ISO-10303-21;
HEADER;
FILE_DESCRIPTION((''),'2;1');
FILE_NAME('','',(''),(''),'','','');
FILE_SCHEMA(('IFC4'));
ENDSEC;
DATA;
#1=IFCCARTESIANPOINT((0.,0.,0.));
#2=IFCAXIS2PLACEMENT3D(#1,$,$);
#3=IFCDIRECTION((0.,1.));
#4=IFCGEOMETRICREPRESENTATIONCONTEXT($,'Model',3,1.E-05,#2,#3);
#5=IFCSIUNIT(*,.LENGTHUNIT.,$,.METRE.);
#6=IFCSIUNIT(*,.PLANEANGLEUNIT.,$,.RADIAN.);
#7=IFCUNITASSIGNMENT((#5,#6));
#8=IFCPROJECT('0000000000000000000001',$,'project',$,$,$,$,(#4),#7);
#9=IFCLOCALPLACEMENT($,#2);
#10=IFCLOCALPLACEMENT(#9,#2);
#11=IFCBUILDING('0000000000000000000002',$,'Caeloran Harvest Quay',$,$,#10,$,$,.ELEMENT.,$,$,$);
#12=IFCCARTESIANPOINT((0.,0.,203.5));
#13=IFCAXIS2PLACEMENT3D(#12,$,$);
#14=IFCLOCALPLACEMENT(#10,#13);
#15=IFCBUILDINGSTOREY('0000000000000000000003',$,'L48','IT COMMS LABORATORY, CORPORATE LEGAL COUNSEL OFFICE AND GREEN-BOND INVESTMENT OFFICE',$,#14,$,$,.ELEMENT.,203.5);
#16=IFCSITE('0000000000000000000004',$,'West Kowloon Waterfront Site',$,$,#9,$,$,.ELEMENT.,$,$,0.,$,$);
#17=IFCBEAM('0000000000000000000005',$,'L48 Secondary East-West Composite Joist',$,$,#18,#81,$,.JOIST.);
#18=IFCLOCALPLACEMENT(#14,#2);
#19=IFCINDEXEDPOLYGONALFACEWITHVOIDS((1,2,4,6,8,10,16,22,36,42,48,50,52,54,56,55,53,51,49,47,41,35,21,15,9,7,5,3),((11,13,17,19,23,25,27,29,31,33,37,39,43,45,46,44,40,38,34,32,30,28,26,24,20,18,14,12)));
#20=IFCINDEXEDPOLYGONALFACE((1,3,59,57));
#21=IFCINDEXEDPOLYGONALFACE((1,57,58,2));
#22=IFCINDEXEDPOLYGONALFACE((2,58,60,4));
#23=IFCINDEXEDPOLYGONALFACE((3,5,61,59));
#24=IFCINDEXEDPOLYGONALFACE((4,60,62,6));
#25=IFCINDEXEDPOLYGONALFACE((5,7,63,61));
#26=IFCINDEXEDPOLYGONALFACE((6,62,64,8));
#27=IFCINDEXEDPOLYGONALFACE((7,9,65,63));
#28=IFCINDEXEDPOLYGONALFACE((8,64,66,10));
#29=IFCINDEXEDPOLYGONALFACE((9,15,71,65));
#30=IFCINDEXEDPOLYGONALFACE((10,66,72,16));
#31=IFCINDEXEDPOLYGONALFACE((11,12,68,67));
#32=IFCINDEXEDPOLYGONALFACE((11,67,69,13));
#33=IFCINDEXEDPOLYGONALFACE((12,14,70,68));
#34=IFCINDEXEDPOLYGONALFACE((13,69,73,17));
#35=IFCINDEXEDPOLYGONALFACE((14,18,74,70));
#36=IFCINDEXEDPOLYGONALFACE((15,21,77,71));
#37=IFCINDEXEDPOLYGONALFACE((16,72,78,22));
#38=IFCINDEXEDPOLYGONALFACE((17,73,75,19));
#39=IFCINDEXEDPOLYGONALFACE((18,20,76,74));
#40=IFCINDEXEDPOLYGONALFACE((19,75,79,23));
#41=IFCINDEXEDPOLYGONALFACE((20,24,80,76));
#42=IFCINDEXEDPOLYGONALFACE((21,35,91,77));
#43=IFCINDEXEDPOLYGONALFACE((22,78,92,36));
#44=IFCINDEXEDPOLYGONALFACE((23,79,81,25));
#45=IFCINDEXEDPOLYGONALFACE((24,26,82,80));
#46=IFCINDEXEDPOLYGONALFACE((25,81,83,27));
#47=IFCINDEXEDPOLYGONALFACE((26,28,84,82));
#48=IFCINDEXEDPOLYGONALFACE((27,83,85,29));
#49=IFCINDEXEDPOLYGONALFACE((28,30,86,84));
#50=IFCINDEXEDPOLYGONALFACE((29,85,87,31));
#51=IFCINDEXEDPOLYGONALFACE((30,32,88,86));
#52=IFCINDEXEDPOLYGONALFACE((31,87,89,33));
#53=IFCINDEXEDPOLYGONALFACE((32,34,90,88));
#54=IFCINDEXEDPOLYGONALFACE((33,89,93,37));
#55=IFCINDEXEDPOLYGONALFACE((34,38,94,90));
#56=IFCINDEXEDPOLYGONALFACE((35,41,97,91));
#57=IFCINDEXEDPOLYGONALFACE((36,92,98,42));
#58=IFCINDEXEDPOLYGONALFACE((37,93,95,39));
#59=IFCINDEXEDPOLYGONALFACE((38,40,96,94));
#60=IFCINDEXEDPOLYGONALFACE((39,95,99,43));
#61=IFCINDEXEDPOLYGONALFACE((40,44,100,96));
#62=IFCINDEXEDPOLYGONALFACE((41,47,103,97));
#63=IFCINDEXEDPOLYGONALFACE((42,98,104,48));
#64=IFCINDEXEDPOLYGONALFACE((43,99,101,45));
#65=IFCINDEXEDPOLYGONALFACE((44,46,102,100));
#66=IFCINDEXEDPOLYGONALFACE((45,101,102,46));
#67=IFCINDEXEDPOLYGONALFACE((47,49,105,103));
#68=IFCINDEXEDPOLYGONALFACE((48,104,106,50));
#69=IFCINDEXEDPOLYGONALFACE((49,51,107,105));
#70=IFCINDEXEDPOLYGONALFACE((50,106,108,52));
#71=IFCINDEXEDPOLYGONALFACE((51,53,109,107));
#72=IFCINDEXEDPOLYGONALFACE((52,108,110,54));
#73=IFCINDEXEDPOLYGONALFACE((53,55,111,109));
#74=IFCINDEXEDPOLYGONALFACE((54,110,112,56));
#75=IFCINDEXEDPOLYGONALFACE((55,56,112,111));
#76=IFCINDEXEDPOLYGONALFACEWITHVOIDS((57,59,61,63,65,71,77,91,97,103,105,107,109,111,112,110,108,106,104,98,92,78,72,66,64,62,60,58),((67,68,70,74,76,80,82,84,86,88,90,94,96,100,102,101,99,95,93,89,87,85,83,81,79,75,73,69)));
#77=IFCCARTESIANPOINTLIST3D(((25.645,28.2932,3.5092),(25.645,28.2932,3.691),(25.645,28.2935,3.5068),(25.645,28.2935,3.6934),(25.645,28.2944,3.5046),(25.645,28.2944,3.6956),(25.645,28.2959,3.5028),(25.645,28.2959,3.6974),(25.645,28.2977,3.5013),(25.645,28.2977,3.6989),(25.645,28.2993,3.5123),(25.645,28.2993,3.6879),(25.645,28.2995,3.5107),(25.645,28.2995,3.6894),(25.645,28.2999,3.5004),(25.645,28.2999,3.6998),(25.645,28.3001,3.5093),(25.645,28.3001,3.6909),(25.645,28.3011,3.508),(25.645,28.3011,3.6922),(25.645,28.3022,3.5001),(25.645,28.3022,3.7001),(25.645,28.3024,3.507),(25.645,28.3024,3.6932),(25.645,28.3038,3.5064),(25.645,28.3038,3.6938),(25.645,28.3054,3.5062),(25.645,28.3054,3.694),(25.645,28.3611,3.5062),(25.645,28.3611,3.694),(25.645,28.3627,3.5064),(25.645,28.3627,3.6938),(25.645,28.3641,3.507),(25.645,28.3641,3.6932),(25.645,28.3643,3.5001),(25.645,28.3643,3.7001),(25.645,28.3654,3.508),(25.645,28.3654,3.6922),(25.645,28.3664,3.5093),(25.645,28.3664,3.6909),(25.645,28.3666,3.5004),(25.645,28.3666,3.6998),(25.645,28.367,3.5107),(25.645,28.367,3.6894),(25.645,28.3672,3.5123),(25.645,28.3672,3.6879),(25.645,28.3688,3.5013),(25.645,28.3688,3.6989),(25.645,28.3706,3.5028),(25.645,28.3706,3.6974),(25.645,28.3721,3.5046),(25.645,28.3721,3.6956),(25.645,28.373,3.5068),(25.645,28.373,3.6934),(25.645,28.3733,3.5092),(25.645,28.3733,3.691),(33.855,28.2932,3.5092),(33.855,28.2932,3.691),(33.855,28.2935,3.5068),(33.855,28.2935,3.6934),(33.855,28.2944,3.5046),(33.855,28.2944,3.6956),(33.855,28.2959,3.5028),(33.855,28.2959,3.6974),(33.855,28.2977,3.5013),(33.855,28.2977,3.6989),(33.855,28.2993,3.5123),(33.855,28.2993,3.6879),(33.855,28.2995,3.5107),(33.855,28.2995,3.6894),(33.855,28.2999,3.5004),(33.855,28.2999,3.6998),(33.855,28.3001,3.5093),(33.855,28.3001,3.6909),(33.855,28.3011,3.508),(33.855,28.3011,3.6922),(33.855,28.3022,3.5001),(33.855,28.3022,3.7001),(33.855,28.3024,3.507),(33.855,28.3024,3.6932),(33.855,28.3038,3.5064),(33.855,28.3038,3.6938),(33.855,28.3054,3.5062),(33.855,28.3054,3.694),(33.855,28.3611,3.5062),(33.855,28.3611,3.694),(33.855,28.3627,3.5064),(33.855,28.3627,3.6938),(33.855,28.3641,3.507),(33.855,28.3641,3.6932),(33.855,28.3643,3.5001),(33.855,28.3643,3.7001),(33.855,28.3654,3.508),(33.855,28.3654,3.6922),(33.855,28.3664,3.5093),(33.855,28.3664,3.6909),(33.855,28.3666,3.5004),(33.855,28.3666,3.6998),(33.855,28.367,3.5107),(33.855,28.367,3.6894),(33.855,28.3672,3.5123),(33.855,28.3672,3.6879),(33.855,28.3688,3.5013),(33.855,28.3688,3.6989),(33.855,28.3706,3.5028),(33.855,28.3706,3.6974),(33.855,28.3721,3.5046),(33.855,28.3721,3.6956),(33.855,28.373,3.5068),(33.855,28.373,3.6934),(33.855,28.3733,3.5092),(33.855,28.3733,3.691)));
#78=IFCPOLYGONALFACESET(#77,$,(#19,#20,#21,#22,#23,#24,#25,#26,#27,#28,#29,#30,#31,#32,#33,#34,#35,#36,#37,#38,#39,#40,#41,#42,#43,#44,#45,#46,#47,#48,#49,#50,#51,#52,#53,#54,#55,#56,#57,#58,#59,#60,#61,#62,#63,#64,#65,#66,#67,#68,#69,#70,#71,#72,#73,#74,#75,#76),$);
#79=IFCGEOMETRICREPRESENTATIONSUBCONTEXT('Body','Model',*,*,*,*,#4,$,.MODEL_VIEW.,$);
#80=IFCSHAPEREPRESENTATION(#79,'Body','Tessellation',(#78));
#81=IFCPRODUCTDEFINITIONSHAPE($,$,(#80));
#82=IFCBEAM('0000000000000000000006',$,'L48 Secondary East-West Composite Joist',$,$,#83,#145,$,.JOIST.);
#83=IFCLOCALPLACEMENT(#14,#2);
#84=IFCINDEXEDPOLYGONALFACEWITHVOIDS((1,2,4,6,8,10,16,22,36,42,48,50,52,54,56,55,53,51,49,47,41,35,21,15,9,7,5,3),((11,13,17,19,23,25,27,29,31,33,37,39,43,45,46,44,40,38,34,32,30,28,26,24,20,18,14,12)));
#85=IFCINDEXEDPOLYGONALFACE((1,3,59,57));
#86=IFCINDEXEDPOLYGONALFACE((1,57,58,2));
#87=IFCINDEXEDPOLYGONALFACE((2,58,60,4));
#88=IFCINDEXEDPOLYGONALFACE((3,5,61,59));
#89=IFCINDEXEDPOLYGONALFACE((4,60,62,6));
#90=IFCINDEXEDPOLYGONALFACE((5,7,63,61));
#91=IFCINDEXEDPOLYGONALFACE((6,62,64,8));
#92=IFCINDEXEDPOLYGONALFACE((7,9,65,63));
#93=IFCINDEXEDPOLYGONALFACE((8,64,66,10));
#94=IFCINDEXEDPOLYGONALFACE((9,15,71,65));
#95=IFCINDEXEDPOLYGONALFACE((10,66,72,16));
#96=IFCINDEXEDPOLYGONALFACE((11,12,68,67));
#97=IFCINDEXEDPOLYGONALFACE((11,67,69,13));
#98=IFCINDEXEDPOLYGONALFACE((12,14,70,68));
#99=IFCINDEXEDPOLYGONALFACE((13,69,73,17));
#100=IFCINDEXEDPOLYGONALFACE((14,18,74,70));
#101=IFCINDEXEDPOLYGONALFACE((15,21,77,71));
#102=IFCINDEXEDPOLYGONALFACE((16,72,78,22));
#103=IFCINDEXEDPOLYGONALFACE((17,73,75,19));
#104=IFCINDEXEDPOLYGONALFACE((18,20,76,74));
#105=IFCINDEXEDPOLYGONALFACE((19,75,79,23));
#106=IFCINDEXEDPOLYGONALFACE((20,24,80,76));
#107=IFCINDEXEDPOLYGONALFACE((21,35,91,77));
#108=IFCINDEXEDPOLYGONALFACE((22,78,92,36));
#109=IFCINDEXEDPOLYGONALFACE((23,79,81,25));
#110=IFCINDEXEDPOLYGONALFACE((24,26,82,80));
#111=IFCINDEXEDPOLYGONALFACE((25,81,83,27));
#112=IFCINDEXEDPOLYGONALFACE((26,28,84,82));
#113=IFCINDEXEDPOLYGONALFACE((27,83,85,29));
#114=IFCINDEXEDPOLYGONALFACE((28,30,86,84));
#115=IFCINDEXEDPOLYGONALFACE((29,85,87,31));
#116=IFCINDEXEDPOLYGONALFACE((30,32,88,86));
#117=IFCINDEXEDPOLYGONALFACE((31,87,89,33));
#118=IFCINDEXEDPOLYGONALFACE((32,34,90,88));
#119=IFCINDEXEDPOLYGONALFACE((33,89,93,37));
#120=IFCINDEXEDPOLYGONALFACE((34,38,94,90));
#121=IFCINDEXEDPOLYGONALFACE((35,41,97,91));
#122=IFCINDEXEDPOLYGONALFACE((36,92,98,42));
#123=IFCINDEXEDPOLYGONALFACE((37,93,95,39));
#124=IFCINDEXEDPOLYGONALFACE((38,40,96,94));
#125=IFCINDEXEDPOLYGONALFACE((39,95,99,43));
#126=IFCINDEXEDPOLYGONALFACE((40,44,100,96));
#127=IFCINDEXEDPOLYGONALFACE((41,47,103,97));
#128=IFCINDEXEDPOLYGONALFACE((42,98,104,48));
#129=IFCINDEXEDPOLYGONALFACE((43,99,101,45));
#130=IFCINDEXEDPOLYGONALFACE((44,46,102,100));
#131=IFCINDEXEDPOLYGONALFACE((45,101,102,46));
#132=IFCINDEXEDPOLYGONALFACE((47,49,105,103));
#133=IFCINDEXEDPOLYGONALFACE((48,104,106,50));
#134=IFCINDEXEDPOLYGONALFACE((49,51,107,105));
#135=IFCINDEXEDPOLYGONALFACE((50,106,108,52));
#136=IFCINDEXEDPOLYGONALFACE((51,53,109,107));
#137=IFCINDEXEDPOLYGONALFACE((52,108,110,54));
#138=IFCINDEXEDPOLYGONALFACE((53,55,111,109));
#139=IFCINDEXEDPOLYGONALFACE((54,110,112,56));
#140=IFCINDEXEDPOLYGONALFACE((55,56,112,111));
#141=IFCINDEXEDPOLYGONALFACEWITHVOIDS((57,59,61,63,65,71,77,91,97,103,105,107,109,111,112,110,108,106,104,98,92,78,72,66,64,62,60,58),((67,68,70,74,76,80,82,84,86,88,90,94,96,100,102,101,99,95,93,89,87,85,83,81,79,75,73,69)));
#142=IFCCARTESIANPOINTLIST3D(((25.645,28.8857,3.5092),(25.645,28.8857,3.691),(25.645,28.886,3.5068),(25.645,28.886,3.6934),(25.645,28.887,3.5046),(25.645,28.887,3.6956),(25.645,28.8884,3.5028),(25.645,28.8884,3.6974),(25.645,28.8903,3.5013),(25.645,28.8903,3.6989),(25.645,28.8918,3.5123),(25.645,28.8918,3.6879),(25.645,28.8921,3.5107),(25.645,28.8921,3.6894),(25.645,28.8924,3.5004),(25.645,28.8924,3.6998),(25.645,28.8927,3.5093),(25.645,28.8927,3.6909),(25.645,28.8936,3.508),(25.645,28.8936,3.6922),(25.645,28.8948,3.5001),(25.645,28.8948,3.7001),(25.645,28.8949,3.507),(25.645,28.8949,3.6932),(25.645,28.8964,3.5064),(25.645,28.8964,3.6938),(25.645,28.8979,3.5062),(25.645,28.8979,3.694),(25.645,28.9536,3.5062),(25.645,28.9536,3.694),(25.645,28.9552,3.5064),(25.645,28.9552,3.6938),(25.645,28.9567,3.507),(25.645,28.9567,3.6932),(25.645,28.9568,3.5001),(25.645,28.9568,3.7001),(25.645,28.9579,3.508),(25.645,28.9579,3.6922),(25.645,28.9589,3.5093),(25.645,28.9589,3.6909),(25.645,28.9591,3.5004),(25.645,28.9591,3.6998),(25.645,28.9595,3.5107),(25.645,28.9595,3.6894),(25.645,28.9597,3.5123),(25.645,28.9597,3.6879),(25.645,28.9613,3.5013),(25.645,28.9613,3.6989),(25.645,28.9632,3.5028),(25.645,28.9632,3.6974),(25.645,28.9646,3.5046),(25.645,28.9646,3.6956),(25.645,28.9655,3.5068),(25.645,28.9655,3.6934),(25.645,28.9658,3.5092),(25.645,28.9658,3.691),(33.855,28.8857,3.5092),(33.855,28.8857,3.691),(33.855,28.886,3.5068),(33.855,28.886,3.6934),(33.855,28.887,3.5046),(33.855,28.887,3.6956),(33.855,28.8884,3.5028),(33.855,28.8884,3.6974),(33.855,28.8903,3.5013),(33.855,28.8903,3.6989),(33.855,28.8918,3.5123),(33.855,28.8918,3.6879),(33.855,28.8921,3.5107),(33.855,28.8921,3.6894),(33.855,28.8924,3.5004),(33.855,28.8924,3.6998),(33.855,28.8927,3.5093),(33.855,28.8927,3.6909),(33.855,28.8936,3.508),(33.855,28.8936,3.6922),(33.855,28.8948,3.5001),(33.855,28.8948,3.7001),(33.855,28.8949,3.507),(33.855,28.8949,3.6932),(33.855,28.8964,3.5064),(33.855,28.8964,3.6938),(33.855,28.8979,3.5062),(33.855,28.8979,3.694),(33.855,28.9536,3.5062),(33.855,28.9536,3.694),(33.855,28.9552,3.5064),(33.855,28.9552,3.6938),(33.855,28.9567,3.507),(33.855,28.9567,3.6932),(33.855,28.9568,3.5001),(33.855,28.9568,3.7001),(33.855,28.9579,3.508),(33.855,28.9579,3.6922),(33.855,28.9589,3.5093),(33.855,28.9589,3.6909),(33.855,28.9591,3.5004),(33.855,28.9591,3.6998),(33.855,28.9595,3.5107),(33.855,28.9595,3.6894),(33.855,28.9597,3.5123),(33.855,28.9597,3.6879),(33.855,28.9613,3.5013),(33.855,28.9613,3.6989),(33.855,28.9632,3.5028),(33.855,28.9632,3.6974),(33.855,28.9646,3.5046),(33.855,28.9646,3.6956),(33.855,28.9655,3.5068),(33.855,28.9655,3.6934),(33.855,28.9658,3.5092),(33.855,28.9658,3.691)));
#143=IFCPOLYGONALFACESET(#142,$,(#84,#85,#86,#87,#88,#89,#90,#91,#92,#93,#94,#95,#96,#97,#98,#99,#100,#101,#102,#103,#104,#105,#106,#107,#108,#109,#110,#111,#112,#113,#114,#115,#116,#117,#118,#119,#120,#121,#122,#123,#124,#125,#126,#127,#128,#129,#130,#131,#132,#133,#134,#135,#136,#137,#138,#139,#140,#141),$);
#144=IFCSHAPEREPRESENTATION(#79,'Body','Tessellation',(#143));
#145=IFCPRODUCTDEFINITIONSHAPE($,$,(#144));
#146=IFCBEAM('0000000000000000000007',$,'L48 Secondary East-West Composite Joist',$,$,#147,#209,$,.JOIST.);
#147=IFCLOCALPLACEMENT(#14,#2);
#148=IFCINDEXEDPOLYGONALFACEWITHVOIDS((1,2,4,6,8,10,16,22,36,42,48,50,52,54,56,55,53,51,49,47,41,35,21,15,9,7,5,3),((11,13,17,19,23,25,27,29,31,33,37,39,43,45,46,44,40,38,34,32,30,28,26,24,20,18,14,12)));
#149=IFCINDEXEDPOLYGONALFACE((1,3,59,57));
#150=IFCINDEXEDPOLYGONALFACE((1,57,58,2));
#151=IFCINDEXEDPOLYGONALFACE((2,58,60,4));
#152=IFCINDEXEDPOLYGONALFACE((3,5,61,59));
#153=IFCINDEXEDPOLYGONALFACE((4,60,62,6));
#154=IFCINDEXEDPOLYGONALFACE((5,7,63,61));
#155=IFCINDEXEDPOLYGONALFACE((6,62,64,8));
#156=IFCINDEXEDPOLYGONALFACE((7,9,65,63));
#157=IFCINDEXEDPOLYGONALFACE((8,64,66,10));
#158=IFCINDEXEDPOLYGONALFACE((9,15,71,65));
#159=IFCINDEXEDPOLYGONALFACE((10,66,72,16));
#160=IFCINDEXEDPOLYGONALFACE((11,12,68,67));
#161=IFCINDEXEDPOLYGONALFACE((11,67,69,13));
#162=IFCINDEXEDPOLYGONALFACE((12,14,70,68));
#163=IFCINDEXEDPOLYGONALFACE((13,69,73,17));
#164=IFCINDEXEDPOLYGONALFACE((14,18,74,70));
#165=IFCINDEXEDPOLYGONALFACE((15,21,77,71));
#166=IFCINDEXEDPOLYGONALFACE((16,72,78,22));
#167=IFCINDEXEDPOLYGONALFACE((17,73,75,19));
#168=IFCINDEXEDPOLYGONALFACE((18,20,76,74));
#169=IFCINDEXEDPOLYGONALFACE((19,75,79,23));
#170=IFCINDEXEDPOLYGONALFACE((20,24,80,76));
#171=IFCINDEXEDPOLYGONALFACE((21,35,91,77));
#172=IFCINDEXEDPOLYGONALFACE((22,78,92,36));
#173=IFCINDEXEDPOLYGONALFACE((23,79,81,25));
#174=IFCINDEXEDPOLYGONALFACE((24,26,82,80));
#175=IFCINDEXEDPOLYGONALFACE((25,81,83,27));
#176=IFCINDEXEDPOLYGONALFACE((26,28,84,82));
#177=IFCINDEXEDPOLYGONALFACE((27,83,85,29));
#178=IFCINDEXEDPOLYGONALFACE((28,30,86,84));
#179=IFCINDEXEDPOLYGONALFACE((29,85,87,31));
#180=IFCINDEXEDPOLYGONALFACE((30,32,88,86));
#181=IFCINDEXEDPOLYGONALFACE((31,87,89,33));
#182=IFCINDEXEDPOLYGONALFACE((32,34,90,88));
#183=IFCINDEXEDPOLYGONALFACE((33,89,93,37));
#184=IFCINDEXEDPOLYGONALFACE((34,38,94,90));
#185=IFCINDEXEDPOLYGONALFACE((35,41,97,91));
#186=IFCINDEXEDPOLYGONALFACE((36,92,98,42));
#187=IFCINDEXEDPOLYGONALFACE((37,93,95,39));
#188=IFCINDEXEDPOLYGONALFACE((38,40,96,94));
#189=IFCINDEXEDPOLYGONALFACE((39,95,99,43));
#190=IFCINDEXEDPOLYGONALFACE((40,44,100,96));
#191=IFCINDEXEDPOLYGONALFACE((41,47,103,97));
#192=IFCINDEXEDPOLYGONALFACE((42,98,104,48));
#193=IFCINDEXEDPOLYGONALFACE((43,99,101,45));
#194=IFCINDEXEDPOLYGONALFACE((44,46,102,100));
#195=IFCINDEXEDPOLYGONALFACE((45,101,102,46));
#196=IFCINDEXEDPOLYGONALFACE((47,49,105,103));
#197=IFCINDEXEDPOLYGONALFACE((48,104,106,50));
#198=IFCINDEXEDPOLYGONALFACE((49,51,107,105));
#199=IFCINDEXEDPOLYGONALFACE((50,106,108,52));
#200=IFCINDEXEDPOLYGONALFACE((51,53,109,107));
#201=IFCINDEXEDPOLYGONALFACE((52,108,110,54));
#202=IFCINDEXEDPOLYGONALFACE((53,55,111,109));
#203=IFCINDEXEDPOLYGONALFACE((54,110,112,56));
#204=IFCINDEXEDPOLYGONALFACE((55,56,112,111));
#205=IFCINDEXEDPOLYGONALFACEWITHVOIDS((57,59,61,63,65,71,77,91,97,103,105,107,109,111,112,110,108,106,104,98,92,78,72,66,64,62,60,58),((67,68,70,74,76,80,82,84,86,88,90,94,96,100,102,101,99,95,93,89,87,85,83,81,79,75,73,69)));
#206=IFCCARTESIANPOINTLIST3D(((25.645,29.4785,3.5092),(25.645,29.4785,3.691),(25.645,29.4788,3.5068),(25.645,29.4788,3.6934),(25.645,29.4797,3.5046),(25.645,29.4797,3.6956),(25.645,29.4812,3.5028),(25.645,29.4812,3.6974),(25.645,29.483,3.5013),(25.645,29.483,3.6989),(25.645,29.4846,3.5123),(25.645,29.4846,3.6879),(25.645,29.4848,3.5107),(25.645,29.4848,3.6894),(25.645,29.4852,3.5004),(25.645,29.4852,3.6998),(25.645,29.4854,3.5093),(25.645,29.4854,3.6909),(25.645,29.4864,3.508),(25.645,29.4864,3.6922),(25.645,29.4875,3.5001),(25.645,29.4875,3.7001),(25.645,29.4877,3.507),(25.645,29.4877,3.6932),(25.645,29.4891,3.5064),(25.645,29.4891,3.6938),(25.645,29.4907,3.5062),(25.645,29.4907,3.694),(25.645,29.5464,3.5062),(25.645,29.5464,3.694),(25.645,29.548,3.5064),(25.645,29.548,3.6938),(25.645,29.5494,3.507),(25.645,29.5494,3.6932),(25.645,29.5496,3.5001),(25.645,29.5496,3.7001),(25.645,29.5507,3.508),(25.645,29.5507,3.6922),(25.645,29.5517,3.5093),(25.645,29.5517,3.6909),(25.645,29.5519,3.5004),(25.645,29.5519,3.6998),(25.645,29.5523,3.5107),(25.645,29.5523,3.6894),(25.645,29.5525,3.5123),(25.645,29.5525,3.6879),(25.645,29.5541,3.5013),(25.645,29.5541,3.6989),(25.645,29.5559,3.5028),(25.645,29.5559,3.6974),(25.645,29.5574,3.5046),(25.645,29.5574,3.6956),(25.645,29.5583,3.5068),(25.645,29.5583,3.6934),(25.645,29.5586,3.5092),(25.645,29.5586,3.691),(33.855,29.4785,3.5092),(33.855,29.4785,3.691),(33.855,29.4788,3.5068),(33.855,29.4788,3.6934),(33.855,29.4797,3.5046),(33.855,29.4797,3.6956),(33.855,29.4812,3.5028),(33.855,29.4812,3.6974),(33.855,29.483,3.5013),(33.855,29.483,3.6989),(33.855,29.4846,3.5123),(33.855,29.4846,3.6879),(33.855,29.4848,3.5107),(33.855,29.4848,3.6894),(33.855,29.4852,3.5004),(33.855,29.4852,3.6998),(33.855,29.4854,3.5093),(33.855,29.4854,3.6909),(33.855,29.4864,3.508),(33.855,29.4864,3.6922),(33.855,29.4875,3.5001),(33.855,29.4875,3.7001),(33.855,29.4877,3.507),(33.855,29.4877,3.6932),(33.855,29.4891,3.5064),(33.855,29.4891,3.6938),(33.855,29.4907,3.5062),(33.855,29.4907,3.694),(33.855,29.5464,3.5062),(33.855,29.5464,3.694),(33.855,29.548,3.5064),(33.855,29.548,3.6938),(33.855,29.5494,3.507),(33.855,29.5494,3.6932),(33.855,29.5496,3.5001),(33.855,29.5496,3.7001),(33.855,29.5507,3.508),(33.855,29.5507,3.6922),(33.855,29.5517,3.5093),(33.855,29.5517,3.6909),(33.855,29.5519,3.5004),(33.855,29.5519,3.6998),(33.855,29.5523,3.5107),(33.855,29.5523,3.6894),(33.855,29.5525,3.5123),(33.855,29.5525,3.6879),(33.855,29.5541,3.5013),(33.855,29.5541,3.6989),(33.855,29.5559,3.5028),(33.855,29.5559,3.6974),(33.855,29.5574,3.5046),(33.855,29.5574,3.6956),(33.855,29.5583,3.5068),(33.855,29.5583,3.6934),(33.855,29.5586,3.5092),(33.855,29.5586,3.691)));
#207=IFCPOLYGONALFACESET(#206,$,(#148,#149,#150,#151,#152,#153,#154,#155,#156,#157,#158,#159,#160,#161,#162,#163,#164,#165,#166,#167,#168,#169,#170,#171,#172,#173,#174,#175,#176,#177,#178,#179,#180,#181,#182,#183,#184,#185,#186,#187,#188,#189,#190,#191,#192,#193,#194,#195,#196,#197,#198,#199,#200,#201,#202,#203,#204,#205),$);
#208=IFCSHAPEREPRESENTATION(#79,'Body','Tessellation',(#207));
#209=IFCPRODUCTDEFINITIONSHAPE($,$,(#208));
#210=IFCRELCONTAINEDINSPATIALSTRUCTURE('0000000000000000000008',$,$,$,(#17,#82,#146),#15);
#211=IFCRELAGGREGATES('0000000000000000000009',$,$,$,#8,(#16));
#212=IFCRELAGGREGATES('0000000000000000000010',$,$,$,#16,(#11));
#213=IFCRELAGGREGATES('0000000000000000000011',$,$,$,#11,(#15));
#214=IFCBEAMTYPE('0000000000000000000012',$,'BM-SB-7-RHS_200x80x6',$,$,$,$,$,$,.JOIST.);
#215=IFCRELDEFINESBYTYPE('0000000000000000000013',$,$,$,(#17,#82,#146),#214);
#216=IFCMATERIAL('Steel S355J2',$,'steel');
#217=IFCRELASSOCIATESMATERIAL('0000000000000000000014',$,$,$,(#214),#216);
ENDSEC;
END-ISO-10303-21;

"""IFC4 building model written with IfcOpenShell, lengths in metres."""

from ifc_helpers import new_model, si_unit, direction, frame, origin, origin_2d, place, context, subcontext, project, spatial, hollow_rectangle, extrude, material, material_profile, profile_set, type_object, element, save


model = new_model("IFC4")

# Units and contexts
model_context = context("Model", 3, precision=1e-05, world=origin(), true_north=direction((0.0, 1.0)))
body_context = subcontext(model_context, "Body", "Model", "MODEL_VIEW")
ifc_project = project(units=[si_unit("LENGTHUNIT", "METRE"), si_unit("PLANEANGLEUNIT", "RADIAN")], contexts=[model_context])

# Site, building, storey
site_placement = place(None, origin())
site = spatial("IfcSite", under=ifc_project, at=site_placement, Name="West Kowloon Waterfront Site", CompositionType="ELEMENT", RefElevation=0.0)
building_placement = place(site_placement, origin())
building = spatial("IfcBuilding", under=site, at=building_placement, Name="Caeloran Harvest Quay", CompositionType="ELEMENT")
storey_placement = place(building_placement, frame((0.0, 0.0, 203.5)))
storey = spatial("IfcBuildingStorey", under=building, at=storey_placement, Name="L48", Description="IT COMMS LABORATORY, CORPORATE LEGAL COUNSEL OFFICE AND GREEN-BOND INVESTMENT OFFICE", CompositionType="ELEMENT", Elevation=203.5)

# Beams
ifc_material_1 = material(Name="Steel S355J2", Category="steel")
ifc_material_profile_1 = material_profile(ifc_material_1, hollow_rectangle(XDim=0.0801, YDim=0.2, WallThickness=0.0061, InnerFilletRadius=0.0061, OuterFilletRadius=0.009, at=origin_2d()), Name="RHS 200x80x6")
ifc_profile_set_1 = profile_set([ifc_material_profile_1], Name="Steel S355J2")
beam_type_1 = type_object("IfcBeamType", Name="BM-SB-7-RHS_200x80x6", PredefinedType="JOIST", material=ifc_profile_set_1)
for number, where, z_axis, x_axis, name in (
    (1, (25.645, 28.3333, 3.6001), (1.0, 0.0, 0.0), (0.0, 1.0, 0.0), "L48 Secondary East-West Composite Joist"),
    (2, (25.645, 28.9258, 3.6001), (1.0, 0.0, 0.0), (0.0, 1.0, 0.0), "L48 Secondary East-West Composite Joist"),
    (3, (25.645, 29.5186, 3.6001), (1.0, 0.0, 0.0), (0.0, 1.0, 0.0), "L48 Secondary East-West Composite Joist"),
):
    element("IfcBeam", number, at=place(storey_placement, frame(where, z_axis=z_axis, x_axis=x_axis)), inside=storey, type_object=beam_type_1, Name=name, PredefinedType="JOIST", context=body_context, shape_type="SweptSolid", body=[
        extrude(hollow_rectangle(XDim=0.0801, YDim=0.2, WallThickness=0.0061, InnerFilletRadius=0.0061, OuterFilletRadius=0.009, at=origin_2d()), origin(), (0.0, 0.0, 1.0), 8.21),
    ])

save(model, "model.ifc")
